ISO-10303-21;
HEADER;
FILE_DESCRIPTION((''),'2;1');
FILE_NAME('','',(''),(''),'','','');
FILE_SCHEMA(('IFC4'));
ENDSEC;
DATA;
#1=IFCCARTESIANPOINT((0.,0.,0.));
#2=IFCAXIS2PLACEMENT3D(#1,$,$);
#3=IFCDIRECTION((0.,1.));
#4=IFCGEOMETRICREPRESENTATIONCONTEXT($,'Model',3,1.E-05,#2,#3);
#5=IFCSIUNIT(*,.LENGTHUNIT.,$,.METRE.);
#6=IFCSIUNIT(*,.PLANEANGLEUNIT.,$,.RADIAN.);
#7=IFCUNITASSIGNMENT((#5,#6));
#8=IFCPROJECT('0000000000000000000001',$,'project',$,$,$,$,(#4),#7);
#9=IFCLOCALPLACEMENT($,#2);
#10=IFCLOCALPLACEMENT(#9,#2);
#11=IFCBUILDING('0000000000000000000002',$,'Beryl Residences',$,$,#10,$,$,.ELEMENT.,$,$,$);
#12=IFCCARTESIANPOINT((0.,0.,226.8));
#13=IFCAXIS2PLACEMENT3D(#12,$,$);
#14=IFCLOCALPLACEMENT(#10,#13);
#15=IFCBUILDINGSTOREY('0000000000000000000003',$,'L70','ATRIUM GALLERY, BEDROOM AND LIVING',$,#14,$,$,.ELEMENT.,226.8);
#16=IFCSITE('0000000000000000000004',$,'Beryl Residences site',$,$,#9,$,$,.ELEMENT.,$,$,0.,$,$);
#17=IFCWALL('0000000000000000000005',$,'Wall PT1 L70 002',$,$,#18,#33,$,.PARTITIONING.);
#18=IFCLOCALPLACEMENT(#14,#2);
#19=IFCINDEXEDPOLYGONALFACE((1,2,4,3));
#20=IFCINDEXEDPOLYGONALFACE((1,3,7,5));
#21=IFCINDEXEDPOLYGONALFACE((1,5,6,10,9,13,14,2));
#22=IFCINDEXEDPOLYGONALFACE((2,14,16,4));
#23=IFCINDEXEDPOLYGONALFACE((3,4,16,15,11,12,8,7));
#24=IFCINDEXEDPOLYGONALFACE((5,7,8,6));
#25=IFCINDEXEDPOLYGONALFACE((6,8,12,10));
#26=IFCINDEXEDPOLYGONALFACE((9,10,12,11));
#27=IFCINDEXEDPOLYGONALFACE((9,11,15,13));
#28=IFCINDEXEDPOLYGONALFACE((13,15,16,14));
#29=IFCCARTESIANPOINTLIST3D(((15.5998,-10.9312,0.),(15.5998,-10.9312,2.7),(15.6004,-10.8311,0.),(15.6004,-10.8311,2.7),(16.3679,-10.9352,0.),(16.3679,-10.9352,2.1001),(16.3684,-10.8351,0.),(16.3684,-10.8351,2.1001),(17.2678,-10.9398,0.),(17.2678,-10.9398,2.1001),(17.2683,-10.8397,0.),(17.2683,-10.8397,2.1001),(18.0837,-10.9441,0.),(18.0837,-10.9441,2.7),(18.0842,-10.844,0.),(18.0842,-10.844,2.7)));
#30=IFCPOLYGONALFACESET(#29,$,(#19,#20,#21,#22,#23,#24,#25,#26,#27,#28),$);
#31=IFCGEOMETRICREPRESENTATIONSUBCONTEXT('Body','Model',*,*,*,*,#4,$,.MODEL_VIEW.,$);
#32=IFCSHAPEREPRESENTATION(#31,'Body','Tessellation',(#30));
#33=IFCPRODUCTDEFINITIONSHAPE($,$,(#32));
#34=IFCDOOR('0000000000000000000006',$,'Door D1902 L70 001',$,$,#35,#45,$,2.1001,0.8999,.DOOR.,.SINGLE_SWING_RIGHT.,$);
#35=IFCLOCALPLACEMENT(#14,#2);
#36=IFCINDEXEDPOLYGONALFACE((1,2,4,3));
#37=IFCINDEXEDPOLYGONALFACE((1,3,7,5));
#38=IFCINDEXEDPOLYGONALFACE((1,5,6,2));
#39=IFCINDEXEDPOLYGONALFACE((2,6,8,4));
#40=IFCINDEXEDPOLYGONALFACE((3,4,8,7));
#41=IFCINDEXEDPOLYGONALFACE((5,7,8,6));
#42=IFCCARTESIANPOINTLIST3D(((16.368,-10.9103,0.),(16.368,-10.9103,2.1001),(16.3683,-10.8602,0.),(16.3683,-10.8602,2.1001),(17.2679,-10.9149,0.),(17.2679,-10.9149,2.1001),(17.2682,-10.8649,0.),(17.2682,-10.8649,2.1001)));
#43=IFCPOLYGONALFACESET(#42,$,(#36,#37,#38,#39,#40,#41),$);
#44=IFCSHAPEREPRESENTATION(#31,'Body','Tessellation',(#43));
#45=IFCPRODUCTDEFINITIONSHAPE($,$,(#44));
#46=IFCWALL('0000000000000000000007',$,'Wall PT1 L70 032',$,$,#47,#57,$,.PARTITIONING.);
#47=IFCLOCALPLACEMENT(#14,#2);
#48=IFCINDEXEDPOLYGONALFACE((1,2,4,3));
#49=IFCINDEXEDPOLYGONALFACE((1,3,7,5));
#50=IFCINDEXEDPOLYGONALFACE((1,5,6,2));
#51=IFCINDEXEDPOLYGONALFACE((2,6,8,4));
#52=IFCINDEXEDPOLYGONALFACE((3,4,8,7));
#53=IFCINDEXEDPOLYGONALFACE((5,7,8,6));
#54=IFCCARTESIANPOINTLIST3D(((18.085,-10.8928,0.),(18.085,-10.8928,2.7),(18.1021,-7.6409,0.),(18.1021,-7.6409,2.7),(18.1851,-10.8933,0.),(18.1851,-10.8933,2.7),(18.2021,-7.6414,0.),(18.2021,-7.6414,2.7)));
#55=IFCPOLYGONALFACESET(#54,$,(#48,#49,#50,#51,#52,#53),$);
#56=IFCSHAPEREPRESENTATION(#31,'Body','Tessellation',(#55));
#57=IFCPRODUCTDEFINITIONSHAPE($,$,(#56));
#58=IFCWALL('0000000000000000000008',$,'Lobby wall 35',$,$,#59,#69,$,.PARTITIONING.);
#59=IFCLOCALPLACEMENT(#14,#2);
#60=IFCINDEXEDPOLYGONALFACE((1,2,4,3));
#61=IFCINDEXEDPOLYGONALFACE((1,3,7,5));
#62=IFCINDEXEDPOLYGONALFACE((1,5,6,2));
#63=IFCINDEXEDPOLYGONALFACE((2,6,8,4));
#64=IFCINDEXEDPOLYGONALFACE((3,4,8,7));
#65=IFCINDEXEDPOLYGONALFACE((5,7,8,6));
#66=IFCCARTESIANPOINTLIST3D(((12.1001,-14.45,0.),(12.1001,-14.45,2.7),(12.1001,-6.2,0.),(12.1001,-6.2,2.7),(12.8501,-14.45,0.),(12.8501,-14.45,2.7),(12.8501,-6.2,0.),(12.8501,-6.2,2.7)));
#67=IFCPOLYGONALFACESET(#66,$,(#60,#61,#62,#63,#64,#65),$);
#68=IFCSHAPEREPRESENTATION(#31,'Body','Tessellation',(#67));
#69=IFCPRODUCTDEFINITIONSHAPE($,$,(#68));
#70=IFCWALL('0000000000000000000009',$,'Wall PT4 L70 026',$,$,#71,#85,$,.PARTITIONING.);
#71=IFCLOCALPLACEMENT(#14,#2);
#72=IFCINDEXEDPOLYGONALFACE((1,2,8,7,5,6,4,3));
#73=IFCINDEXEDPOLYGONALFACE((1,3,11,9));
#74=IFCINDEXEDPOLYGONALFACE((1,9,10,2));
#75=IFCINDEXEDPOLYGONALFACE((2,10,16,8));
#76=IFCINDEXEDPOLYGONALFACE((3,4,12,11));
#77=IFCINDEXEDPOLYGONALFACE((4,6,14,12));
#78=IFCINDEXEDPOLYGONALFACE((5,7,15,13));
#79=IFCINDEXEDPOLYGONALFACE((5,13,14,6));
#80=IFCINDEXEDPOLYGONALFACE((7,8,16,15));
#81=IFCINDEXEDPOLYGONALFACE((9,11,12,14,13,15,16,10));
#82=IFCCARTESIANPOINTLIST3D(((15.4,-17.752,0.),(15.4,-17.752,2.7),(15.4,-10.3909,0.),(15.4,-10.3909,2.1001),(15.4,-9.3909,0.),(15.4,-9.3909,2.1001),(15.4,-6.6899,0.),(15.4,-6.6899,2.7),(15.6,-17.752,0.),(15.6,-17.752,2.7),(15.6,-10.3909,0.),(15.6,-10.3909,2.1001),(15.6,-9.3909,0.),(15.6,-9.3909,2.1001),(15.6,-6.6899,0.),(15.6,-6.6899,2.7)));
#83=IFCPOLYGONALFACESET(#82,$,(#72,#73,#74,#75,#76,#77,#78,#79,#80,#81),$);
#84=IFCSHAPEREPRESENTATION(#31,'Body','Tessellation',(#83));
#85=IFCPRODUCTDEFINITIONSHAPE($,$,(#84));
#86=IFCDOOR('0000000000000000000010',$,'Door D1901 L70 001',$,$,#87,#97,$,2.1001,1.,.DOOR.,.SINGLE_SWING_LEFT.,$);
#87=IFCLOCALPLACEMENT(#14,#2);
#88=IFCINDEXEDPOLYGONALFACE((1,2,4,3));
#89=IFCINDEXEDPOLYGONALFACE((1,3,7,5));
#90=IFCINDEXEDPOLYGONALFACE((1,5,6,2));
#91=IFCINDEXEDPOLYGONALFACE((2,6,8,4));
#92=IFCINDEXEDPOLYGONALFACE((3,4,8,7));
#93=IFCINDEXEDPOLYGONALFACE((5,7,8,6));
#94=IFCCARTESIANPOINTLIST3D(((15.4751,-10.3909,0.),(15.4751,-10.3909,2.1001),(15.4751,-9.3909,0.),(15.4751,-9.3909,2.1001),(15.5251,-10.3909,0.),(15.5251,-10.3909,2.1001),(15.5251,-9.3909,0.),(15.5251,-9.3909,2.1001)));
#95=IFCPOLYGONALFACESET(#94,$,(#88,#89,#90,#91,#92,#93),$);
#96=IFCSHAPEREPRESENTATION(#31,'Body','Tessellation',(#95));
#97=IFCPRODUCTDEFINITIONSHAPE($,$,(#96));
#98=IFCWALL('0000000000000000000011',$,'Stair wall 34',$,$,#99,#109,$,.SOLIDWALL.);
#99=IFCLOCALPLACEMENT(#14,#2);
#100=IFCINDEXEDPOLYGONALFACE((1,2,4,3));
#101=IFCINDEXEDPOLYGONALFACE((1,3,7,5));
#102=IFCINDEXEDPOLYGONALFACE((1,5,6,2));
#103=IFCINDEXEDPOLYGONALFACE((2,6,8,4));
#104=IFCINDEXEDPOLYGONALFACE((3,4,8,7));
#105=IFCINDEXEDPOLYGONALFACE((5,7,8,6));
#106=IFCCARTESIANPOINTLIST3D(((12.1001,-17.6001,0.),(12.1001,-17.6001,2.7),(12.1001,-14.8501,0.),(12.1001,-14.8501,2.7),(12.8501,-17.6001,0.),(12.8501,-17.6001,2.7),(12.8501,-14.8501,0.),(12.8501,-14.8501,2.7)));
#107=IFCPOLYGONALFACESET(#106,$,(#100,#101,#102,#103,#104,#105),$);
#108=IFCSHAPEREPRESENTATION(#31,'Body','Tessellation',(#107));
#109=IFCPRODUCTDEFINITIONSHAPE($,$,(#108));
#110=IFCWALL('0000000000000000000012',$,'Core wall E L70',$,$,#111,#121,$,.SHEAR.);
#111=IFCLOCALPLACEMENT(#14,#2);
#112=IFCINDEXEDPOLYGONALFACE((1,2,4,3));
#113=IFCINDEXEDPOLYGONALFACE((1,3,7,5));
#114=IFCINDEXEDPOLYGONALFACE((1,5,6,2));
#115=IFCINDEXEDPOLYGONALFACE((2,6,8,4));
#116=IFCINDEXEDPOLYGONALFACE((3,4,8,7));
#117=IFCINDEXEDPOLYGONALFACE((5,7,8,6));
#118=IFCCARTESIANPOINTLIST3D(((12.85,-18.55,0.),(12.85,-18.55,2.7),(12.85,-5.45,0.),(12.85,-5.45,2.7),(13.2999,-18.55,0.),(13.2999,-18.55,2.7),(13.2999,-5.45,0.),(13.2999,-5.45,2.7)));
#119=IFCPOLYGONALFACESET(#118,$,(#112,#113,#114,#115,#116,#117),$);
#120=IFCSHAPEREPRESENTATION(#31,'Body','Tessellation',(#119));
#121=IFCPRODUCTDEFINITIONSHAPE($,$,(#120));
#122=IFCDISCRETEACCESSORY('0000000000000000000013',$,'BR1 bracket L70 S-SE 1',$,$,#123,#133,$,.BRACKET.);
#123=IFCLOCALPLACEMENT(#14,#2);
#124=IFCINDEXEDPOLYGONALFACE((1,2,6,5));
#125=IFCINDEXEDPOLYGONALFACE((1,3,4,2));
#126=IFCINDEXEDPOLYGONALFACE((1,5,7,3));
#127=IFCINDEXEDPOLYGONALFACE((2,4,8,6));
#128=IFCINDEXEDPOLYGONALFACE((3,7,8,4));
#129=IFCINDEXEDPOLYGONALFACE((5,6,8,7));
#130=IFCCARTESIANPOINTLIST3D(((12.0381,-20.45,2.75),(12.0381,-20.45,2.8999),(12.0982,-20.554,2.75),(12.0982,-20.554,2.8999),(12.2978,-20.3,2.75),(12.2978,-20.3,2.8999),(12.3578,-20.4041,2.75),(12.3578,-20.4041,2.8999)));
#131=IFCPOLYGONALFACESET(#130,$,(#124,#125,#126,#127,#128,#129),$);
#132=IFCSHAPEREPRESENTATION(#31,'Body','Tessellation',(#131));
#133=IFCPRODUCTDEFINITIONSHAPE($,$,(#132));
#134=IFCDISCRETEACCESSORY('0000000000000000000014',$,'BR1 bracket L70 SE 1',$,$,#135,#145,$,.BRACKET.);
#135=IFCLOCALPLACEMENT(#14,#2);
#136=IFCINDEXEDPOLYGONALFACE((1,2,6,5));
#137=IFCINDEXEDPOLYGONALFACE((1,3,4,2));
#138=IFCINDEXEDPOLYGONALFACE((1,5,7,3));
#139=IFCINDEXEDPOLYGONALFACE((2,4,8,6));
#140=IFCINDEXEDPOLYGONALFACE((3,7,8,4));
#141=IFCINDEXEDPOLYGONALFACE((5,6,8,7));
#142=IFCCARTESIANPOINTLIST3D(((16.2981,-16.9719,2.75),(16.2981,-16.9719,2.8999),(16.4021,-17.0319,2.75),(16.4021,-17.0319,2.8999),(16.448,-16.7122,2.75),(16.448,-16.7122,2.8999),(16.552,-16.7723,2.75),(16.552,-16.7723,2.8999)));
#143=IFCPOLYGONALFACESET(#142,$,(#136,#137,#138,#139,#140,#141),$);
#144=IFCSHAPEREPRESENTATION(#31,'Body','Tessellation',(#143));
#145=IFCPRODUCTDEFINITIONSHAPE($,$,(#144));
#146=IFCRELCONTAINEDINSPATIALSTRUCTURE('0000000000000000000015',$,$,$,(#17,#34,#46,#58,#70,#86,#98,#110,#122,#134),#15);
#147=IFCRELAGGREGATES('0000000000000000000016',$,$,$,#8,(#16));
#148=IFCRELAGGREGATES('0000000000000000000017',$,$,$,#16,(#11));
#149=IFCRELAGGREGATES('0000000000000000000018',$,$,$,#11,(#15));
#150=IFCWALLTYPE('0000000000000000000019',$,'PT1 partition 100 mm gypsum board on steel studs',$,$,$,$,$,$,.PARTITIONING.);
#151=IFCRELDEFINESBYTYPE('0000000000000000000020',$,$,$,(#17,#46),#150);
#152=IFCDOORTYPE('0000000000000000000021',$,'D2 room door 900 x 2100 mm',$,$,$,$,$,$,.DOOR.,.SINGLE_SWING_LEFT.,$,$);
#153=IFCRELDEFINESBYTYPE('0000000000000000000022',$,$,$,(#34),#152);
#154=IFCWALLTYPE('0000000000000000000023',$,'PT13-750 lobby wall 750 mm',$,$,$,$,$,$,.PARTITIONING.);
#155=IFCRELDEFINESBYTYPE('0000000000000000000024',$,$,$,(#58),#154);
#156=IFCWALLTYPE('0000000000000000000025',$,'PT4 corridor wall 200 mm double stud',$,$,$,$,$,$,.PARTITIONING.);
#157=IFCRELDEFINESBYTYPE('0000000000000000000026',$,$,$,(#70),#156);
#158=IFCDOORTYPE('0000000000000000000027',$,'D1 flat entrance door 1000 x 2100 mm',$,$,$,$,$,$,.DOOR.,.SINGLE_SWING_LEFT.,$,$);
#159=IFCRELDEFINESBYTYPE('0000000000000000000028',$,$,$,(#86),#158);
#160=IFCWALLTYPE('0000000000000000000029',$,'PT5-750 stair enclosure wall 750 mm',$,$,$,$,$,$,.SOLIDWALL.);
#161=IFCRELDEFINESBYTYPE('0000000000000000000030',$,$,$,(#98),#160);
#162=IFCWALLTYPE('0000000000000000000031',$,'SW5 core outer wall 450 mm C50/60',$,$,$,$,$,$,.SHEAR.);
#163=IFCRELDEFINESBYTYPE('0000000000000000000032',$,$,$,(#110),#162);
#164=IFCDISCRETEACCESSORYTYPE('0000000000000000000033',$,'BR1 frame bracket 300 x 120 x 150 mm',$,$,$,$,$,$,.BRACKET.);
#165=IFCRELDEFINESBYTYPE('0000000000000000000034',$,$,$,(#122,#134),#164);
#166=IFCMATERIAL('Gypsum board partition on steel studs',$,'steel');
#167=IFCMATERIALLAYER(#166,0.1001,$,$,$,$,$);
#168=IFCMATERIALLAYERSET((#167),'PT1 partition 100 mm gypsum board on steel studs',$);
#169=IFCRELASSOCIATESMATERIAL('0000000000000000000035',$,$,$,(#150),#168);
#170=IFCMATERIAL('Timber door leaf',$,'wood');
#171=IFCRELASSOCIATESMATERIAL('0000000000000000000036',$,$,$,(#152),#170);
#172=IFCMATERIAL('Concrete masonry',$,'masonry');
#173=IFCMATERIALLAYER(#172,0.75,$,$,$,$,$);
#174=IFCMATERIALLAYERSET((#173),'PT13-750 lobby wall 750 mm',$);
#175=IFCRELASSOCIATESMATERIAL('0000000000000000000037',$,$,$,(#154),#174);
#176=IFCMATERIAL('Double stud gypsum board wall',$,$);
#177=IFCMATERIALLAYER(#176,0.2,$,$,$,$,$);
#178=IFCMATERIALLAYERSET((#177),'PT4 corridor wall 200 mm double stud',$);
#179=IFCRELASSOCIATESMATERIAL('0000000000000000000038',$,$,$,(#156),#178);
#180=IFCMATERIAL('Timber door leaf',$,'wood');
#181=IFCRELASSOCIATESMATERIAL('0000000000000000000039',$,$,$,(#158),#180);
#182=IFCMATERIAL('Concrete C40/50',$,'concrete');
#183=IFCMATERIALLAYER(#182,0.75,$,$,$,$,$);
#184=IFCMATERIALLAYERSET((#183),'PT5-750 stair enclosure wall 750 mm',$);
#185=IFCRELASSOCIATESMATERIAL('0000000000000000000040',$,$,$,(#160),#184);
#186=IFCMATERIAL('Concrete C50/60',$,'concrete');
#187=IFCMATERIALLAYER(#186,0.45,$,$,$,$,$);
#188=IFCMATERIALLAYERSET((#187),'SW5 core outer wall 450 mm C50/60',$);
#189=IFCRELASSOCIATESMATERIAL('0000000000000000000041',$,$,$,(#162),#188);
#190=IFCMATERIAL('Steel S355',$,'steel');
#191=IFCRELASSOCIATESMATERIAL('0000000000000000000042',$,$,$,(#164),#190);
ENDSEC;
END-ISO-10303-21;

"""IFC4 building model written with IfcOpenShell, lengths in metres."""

from ifc_helpers import new_model, si_unit, direction, frame, frame_2d, origin, place, context, subcontext, project, spatial, polyline, rectangle, outline, extrude, source, transform, mapped, material, layer, layer_set, type_object, type_shapes, element, fill, save


model = new_model("IFC4")

# Units and contexts
model_context = context("Model", 3, precision=1e-05, world=origin(), true_north=direction((0.0, 1.0)))
body_context = subcontext(model_context, "Body", "Model", "MODEL_VIEW")
ifc_project = project(units=[si_unit("LENGTHUNIT", "METRE"), si_unit("PLANEANGLEUNIT", "RADIAN")], contexts=[model_context])

# Site, building, storey
site_placement = place(None, origin())
site = spatial("IfcSite", under=ifc_project, at=site_placement, Name="Beryl Residences site", CompositionType="ELEMENT", RefElevation=0.0)
building_placement = place(site_placement, origin())
building = spatial("IfcBuilding", under=site, at=building_placement, Name="Beryl Residences", CompositionType="ELEMENT")
storey_placement = place(building_placement, frame((0.0, 0.0, 226.8)))
storey = spatial("IfcBuildingStorey", under=building, at=storey_placement, Name="L70", Description="ATRIUM GALLERY, BEDROOM AND LIVING", CompositionType="ELEMENT", Elevation=226.8)

# Wall, opening, door
ifc_material_1 = material(Name="Gypsum board partition on steel studs", Category="steel")
ifc_layer_1 = layer(ifc_material_1, 0.1001)
ifc_layer_set_1 = layer_set([ifc_layer_1], Name="PT1 partition 100 mm gypsum board on steel studs")
wall_type_1 = type_object("IfcWallType", Name="PT1 partition 100 mm gypsum board on steel studs", PredefinedType="PARTITIONING", material=ifc_layer_set_1)
wall_1_placement = place(storey_placement, frame((15.6001, -10.8811, 0.0), z_axis=(0.0, 0.0, 1.0), x_axis=(0.999986, -0.005209, 0.0)))
wall_1 = element("IfcWall", 1, at=wall_1_placement, inside=storey, type_object=wall_type_1, Name="Wall PT1 L70 002", PredefinedType="PARTITIONING", context=body_context, shape_type="SweptSolid", body=[
    extrude(rectangle(XDim=2.4839, YDim=0.1001, at=frame_2d((1.2419, 0.0))), origin(), (0.0, 0.0, 1.0), 2.7),
])
opening_1_placement = place(wall_1_placement, frame((0.7681, 0.0, 0.0)))
opening_1 = element("IfcOpeningElement", 2, at=opening_1_placement, cuts=wall_1, PredefinedType="OPENING", context=body_context, shape_type="SweptSolid", body=[
    extrude(rectangle(XDim=0.8999, YDim=2.1001, at=frame_2d((0.45, 1.05))), frame((0.0, 0.0601, 0.0), z_axis=(0.0, -1.0, 0.0), x_axis=(1.0, 0.0, 0.0)), (0.0, 0.0, 1.0), 0.1201),
])
ifc_material_2 = material(Name="Timber door leaf", Category="wood")
door_type_1 = type_object("IfcDoorType", Name="D2 room door 900 x 2100 mm", OperationType="SINGLE_SWING_LEFT", PredefinedType="DOOR", material=ifc_material_2)
door_1_placement = place(opening_1_placement, origin())
door_1 = element("IfcDoor", 3, at=door_1_placement, inside=storey, type_object=door_type_1, Name="Door D1902 L70 001", OperationType="SINGLE_SWING_RIGHT", OverallHeight=2.1001, OverallWidth=0.8999, PredefinedType="DOOR", context=body_context, shape_type="SweptSolid", body=[
    extrude(rectangle(XDim=0.8999, YDim=2.1001, at=frame_2d((0.45, 1.05))), frame((0.0, 0.0249, 0.0), z_axis=(0.0, -1.0, 0.0), x_axis=(1.0, 0.0, 0.0)), (0.0, 0.0, 1.0), 0.05),
])
fill(opening_1, door_1)

# Walls
wall_2_placement = place(storey_placement, frame((18.135, -10.8931, 0.0), z_axis=(0.0, 0.0, 1.0), x_axis=(0.005255, 0.999986, 0.0)))
element("IfcWall", 4, at=wall_2_placement, inside=storey, type_object=wall_type_1, Name="Wall PT1 L70 032", PredefinedType="PARTITIONING", context=body_context, shape_type="SweptSolid", body=[
    extrude(rectangle(XDim=3.252, YDim=0.1001, at=frame_2d((1.626, 0.0))), origin(), (0.0, 0.0, 1.0), 2.7),
])
ifc_material_3 = material(Name="Concrete masonry", Category="masonry")
ifc_layer_2 = layer(ifc_material_3, 0.75)
ifc_layer_set_2 = layer_set([ifc_layer_2], Name="PT13-750 lobby wall 750 mm")
wall_type_2 = type_object("IfcWallType", Name="PT13-750 lobby wall 750 mm", PredefinedType="PARTITIONING", material=ifc_layer_set_2)
wall_3_placement = place(storey_placement, frame((12.4751, -14.45, 0.0), z_axis=(0.0, 0.0, 1.0), x_axis=(0.0, 1.0, 0.0)))
element("IfcWall", 5, at=wall_3_placement, inside=storey, type_object=wall_type_2, Name="Lobby wall 35", PredefinedType="PARTITIONING", context=body_context, shape_type="SweptSolid", body=[
    extrude(rectangle(XDim=8.25, YDim=0.75, at=frame_2d((4.125, 0.0))), origin(), (0.0, 0.0, 1.0), 2.7),
])

# Wall, opening, door
ifc_material_4 = material(Name="Double stud gypsum board wall")
ifc_layer_3 = layer(ifc_material_4, 0.2)
ifc_layer_set_3 = layer_set([ifc_layer_3], Name="PT4 corridor wall 200 mm double stud")
wall_type_3 = type_object("IfcWallType", Name="PT4 corridor wall 200 mm double stud", PredefinedType="PARTITIONING", material=ifc_layer_set_3)
wall_4_placement = place(storey_placement, frame((15.5, -17.752, 0.0), z_axis=(0.0, 0.0, 1.0), x_axis=(0.0, 1.0, 0.0)))
wall_4 = element("IfcWall", 6, at=wall_4_placement, inside=storey, type_object=wall_type_3, Name="Wall PT4 L70 026", PredefinedType="PARTITIONING", context=body_context, shape_type="SweptSolid", body=[
    extrude(rectangle(XDim=11.062, YDim=0.2, at=frame_2d((5.531, 0.0))), origin(), (0.0, 0.0, 1.0), 2.7),
])
opening_2_placement = place(wall_4_placement, frame((7.3611, 0.0, 0.0)))
opening_2 = element("IfcOpeningElement", 7, at=opening_2_placement, cuts=wall_4, PredefinedType="OPENING", context=body_context, shape_type="SweptSolid", body=[
    extrude(rectangle(XDim=1.0, YDim=2.1001, at=frame_2d((0.5, 1.05))), frame((0.0, 0.1099, 0.0), z_axis=(0.0, -1.0, 0.0), x_axis=(1.0, 0.0, 0.0)), (0.0, 0.0, 1.0), 0.22),
])
ifc_material_5 = material(Name="Timber door leaf", Category="wood")
door_type_2 = type_object("IfcDoorType", Name="D1 flat entrance door 1000 x 2100 mm", OperationType="SINGLE_SWING_LEFT", PredefinedType="DOOR", material=ifc_material_5)
door_2_placement = place(opening_2_placement, origin())
door_2 = element("IfcDoor", 8, at=door_2_placement, inside=storey, type_object=door_type_2, Name="Door D1901 L70 001", OperationType="SINGLE_SWING_LEFT", OverallHeight=2.1001, OverallWidth=1.0, PredefinedType="DOOR", context=body_context, shape_type="SweptSolid", body=[
    extrude(rectangle(XDim=1.0, YDim=2.1001, at=frame_2d((0.5, 1.05))), frame((0.0, 0.0249, 0.0), z_axis=(0.0, -1.0, 0.0), x_axis=(1.0, 0.0, 0.0)), (0.0, 0.0, 1.0), 0.05),
])
fill(opening_2, door_2)

# Walls
ifc_material_6 = material(Name="Concrete C40/50", Category="concrete")
ifc_layer_4 = layer(ifc_material_6, 0.75)
ifc_layer_set_4 = layer_set([ifc_layer_4], Name="PT5-750 stair enclosure wall 750 mm")
wall_type_4 = type_object("IfcWallType", Name="PT5-750 stair enclosure wall 750 mm", PredefinedType="SOLIDWALL", material=ifc_layer_set_4)
wall_5_placement = place(storey_placement, frame((12.4751, -17.6001, 0.0), z_axis=(0.0, 0.0, 1.0), x_axis=(0.0, 1.0, 0.0)))
element("IfcWall", 9, at=wall_5_placement, inside=storey, type_object=wall_type_4, Name="Stair wall 34", PredefinedType="SOLIDWALL", context=body_context, shape_type="SweptSolid", body=[
    extrude(rectangle(XDim=2.75, YDim=0.75, at=frame_2d((1.375, 0.0))), origin(), (0.0, 0.0, 1.0), 2.7),
])
ifc_material_7 = material(Name="Concrete C50/60", Category="concrete")
ifc_layer_5 = layer(ifc_material_7, 0.45)
ifc_layer_set_5 = layer_set([ifc_layer_5], Name="SW5 core outer wall 450 mm C50/60")
wall_type_5 = type_object("IfcWallType", Name="SW5 core outer wall 450 mm C50/60", PredefinedType="SHEAR", material=ifc_layer_set_5)
wall_6_placement = place(storey_placement, frame((13.075, -18.55, 0.0), z_axis=(0.0, 0.0, 1.0), x_axis=(0.0, 1.0, 0.0)))
element("IfcWall", 10, at=wall_6_placement, inside=storey, type_object=wall_type_5, Name="Core wall E L70", PredefinedType="SHEAR", context=body_context, shape_type="SweptSolid", body=[
    extrude(rectangle(XDim=13.1001, YDim=0.45, at=frame_2d((6.55, 0.0))), origin(), (0.0, 0.0, 1.0), 2.7),
])

# Discrete accessories
ifc_material_8 = material(Name="Steel S355", Category="steel")
discrete_accessory_type = type_object("IfcDiscreteAccessoryType", Name="BR1 frame bracket 300 x 120 x 150 mm", PredefinedType="BRACKET", material=ifc_material_8)
shared_shape_1 = source(origin(), body_context, "Body", "SweptSolid", [
    extrude(outline(polyline([(-0.1499, 0.0), (0.1499, 0.0), (0.1499, 0.1201), (-0.1499, 0.1201), (-0.1499, 0.0)])), origin(), (0.0, 0.0, 1.0), 0.1499),
])
type_shapes(discrete_accessory_type, [shared_shape_1])
for number, where, z_axis, x_axis, name in (
    (11, (12.168, -20.375, 2.75), (0.0, 0.0, 1.0), (-0.866025, -0.5, 0.0), "BR1 bracket L70 S-SE 1"),
    (12, (16.373, -16.842, 2.75), (0.0, 0.0, 1.0), (-0.5, -0.866025, 0.0), "BR1 bracket L70 SE 1"),
):
    element("IfcDiscreteAccessory", number, at=place(storey_placement, frame(where, z_axis=z_axis, x_axis=x_axis)), inside=storey, type_object=discrete_accessory_type, Name=name, PredefinedType="BRACKET", context=body_context, shape_type="MappedRepresentation", body=[
        mapped(shared_shape_1, transform((0.0, 0.0, 0.0))),
    ])

save(model, "model.ifc")
